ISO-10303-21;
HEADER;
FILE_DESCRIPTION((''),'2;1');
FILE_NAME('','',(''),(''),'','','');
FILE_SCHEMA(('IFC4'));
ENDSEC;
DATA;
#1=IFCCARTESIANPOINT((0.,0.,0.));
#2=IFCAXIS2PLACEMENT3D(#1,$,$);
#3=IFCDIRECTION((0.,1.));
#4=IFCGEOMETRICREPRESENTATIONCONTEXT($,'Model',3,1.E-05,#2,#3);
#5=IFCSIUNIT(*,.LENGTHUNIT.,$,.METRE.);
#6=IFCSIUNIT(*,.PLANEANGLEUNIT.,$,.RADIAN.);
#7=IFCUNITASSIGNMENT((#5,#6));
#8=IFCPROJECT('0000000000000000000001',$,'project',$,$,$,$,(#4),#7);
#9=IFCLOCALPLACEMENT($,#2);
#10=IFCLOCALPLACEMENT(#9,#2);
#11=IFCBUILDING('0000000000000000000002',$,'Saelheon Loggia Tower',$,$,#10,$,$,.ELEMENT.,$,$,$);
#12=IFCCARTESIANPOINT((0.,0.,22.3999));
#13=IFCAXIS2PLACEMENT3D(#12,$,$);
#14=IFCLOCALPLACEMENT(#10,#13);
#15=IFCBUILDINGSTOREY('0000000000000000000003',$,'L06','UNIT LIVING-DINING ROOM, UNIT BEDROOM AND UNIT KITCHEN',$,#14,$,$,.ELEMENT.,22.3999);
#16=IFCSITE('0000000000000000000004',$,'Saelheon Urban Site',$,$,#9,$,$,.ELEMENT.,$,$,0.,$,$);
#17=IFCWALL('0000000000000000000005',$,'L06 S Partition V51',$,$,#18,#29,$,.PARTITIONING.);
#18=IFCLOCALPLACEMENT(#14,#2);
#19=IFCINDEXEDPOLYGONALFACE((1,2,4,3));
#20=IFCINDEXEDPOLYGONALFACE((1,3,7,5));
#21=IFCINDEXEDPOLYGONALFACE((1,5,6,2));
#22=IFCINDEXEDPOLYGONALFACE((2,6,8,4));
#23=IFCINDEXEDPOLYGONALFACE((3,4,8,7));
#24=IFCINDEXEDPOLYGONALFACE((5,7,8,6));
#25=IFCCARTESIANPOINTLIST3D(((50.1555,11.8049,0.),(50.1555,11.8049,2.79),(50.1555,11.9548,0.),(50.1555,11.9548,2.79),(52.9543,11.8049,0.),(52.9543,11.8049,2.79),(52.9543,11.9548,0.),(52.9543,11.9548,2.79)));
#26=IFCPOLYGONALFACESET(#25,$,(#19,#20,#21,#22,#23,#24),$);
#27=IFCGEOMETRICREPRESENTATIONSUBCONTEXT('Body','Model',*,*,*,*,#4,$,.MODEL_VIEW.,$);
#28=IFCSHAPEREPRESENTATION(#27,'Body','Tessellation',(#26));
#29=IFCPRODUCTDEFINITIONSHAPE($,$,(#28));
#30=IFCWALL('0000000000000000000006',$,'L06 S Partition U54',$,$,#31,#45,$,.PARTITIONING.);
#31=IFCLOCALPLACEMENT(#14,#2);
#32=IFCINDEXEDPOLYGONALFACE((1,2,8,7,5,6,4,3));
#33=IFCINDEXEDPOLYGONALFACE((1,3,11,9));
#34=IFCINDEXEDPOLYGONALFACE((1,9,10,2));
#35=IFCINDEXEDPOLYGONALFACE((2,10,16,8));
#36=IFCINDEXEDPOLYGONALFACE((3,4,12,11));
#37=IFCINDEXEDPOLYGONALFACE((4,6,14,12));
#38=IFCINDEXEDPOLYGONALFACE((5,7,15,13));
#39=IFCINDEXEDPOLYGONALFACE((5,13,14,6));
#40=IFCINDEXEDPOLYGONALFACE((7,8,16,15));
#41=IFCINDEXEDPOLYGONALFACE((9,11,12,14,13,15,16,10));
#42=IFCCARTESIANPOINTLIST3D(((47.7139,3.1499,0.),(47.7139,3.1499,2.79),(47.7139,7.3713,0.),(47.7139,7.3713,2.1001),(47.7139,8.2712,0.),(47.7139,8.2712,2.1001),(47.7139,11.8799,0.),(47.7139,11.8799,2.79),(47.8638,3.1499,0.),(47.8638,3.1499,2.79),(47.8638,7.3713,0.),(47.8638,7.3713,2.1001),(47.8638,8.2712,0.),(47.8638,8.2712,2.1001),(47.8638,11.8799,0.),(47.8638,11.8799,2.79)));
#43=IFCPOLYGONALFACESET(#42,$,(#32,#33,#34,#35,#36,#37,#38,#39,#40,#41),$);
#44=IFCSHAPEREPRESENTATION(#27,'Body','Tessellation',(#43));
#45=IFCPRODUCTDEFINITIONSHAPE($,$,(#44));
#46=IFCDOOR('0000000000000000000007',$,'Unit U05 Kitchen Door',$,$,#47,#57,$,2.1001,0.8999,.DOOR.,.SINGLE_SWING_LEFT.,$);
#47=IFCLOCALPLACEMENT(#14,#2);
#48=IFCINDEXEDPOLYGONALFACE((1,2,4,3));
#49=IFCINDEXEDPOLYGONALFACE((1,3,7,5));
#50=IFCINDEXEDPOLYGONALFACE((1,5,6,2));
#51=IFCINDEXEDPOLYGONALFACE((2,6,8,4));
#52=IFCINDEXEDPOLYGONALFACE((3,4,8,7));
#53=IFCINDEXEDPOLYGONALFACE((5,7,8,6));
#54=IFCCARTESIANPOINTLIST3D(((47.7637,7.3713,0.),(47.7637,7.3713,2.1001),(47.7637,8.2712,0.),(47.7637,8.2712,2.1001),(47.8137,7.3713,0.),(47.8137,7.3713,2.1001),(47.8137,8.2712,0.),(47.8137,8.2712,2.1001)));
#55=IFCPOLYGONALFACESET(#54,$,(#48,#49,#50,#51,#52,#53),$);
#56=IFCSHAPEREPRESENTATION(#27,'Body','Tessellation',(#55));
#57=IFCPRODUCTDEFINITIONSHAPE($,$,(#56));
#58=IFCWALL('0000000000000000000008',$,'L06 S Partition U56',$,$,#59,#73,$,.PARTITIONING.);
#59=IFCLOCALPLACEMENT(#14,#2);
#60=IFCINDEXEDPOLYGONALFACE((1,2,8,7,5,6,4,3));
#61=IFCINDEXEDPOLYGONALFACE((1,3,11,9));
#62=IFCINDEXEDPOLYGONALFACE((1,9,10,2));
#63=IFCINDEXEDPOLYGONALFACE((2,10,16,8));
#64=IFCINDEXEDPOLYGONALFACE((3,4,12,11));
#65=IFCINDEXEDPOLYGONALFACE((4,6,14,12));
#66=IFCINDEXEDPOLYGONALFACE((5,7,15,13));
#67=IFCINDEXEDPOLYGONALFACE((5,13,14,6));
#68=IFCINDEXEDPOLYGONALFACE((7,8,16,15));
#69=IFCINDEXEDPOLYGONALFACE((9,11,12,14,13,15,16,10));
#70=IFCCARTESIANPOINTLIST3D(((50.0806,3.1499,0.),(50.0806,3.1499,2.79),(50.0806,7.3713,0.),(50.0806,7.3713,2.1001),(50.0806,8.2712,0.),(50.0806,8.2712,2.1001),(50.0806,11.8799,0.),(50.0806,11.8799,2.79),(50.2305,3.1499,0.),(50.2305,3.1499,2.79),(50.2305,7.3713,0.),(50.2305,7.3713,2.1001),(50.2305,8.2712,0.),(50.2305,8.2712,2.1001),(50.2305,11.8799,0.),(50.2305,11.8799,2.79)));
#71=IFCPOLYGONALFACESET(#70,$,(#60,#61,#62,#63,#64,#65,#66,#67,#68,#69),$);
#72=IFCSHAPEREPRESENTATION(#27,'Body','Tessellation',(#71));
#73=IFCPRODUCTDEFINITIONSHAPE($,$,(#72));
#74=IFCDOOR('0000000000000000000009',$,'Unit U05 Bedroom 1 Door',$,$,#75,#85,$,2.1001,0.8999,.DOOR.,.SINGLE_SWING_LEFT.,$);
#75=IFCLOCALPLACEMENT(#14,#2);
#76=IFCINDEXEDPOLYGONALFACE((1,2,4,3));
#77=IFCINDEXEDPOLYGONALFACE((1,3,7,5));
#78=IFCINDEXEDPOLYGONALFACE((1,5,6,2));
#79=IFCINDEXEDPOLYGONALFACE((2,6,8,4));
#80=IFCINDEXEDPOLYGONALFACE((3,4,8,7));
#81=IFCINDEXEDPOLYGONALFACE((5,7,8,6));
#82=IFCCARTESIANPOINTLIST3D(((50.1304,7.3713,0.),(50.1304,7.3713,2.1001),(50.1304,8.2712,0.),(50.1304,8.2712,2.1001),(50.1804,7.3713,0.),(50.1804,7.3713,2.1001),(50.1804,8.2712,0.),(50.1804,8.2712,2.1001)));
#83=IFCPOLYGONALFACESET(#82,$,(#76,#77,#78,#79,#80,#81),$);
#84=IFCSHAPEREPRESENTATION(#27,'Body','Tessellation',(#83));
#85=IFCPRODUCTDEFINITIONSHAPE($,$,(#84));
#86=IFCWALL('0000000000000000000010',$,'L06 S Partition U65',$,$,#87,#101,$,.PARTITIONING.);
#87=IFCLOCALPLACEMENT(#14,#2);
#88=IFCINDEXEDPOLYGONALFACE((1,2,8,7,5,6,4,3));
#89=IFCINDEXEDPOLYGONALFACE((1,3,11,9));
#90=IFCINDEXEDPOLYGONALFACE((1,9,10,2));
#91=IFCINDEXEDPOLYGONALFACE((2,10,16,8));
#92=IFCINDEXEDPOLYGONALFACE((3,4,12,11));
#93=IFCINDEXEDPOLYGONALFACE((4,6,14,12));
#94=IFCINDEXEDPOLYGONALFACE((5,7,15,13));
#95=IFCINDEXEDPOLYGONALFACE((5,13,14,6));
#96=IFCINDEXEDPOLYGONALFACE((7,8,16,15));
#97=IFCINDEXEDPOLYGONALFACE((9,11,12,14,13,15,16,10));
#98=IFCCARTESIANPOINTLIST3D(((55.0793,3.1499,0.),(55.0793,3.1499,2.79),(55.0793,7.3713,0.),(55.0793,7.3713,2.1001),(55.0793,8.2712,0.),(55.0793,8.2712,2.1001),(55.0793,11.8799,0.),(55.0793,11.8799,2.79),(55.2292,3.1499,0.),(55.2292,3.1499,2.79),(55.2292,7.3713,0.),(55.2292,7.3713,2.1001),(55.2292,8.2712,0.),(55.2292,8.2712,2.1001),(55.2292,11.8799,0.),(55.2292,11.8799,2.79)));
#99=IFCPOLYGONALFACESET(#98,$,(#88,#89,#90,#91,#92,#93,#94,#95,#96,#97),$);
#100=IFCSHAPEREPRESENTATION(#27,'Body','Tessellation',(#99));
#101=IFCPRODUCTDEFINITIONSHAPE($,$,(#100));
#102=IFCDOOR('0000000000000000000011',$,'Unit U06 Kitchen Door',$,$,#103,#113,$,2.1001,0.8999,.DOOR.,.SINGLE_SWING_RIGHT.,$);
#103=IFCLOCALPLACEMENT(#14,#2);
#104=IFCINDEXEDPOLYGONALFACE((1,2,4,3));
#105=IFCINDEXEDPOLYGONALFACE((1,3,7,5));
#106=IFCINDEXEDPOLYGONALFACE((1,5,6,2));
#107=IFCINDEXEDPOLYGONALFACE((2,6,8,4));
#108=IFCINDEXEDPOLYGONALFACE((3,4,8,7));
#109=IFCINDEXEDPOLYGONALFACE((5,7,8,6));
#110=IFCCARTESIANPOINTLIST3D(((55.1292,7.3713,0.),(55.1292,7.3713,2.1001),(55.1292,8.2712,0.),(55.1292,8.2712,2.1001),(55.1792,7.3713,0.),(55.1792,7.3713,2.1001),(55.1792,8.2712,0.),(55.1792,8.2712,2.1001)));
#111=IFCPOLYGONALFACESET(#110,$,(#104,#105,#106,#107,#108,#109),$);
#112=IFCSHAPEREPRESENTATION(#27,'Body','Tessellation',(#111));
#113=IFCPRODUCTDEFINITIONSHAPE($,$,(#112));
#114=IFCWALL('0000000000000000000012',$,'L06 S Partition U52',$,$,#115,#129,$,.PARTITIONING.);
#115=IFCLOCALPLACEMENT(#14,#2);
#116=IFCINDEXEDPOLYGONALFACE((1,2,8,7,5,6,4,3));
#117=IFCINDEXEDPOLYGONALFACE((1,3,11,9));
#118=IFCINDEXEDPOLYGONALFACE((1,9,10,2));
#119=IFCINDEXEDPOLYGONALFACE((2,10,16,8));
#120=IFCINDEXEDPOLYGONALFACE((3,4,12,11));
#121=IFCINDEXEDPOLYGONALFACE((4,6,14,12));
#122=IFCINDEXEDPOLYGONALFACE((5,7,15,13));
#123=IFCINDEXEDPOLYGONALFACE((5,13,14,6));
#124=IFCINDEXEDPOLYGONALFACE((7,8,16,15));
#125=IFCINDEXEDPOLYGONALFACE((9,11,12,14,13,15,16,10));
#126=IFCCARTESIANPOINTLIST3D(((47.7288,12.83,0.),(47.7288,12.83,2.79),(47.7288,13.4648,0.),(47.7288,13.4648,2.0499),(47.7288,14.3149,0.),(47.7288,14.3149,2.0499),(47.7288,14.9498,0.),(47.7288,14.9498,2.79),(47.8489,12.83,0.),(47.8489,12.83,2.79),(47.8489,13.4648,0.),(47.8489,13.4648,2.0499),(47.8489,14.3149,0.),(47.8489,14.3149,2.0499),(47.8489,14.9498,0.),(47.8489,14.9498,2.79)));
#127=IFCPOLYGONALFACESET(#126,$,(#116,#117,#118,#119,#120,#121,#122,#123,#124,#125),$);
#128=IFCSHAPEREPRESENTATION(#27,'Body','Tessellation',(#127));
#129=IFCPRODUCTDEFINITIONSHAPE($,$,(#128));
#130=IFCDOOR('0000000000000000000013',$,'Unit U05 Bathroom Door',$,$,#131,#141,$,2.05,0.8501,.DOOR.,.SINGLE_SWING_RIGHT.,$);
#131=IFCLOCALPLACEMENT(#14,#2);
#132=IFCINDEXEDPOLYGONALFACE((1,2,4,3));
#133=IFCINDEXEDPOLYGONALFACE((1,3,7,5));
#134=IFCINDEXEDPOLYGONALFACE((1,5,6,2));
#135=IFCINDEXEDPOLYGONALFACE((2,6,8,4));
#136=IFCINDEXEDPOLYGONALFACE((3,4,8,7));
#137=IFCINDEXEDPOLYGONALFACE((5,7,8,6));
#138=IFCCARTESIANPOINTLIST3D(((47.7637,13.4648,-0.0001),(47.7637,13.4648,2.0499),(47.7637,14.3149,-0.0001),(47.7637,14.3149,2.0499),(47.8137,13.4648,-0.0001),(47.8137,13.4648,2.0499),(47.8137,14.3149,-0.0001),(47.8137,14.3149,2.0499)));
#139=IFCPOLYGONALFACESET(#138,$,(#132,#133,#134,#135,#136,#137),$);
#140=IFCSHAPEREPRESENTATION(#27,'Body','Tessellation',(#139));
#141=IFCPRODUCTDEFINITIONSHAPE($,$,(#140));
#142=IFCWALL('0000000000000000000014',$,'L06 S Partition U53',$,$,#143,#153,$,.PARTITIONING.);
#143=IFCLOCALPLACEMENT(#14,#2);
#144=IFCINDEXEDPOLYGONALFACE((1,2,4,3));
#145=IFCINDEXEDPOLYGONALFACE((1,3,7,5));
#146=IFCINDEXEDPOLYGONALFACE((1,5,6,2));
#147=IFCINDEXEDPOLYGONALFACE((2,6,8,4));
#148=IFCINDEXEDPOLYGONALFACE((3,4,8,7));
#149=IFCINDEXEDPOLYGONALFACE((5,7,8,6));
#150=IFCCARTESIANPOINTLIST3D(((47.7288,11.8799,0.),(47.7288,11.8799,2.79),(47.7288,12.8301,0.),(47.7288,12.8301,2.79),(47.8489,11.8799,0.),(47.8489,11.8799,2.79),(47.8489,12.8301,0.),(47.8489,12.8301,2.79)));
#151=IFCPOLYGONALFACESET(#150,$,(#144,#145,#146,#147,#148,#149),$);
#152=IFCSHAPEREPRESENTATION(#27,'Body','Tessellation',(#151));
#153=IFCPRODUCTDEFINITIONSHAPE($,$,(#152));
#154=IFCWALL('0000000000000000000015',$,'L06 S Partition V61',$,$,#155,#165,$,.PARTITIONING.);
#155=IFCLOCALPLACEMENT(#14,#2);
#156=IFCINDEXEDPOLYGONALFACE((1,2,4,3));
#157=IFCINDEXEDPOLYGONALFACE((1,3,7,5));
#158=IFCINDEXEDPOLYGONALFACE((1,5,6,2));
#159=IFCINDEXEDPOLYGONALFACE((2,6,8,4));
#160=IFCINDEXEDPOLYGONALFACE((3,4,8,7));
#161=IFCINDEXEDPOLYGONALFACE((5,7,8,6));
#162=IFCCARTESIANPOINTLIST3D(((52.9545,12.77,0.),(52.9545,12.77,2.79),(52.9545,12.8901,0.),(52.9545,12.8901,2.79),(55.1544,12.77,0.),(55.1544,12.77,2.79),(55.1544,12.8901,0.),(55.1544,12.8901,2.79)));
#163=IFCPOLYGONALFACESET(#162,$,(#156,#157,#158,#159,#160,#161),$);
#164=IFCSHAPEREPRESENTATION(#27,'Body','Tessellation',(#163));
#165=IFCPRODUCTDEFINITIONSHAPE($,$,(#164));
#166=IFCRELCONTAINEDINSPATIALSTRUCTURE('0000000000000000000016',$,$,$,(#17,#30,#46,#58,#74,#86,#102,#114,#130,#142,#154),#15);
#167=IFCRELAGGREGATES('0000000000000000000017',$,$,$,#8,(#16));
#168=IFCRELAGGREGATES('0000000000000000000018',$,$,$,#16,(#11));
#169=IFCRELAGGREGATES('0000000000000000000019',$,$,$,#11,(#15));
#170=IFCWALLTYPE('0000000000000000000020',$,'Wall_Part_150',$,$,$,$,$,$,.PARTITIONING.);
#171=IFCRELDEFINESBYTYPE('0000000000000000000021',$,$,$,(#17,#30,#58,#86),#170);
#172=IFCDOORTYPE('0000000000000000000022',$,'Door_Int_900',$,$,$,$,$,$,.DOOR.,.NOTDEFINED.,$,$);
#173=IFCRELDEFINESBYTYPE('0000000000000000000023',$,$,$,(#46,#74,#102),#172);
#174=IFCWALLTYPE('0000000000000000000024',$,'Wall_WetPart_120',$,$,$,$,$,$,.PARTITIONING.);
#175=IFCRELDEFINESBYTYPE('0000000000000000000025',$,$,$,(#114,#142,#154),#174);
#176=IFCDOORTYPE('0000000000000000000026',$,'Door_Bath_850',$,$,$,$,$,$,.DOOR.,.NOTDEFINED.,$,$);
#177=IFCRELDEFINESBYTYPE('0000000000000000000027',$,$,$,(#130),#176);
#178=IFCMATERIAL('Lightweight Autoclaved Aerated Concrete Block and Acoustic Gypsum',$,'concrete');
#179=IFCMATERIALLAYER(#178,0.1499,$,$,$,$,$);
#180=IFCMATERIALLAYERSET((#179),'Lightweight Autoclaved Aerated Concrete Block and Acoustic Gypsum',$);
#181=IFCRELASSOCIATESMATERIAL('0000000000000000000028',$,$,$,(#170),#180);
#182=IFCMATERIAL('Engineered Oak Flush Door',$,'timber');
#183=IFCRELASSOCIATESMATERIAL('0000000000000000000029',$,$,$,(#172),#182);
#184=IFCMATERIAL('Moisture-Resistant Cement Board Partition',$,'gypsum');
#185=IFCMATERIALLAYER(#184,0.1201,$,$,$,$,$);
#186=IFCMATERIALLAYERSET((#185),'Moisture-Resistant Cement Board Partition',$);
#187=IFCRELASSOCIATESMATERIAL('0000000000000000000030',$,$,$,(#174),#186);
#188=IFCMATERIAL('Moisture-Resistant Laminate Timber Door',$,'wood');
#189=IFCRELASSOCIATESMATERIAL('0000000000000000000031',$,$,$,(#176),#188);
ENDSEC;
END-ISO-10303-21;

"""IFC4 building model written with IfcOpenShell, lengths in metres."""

from ifc_helpers import new_model, si_unit, direction, frame, frame_2d, origin, place, context, subcontext, project, spatial, rectangle, extrude, source, transform, mapped, material, layer, layer_set, type_object, element, fill, save


model = new_model("IFC4")

# Units and contexts
model_context = context("Model", 3, precision=1e-05, world=origin(), true_north=direction((0.0, 1.0)))
body_context = subcontext(model_context, "Body", "Model", "MODEL_VIEW")
ifc_project = project(units=[si_unit("LENGTHUNIT", "METRE"), si_unit("PLANEANGLEUNIT", "RADIAN")], contexts=[model_context])

# Site, building, storey
site_placement = place(None, origin())
site = spatial("IfcSite", under=ifc_project, at=site_placement, Name="Saelheon Urban Site", CompositionType="ELEMENT", RefElevation=0.0)
building_placement = place(site_placement, origin())
building = spatial("IfcBuilding", under=site, at=building_placement, Name="Saelheon Loggia Tower", CompositionType="ELEMENT")
storey_placement = place(building_placement, frame((0.0, 0.0, 22.3999)))
storey = spatial("IfcBuildingStorey", under=building, at=storey_placement, Name="L06", Description="UNIT LIVING-DINING ROOM, UNIT BEDROOM AND UNIT KITCHEN", CompositionType="ELEMENT", Elevation=22.3999)

# Wall
ifc_material_1 = material(Name="Lightweight Autoclaved Aerated Concrete Block and Acoustic Gypsum", Category="concrete")
ifc_layer_1 = layer(ifc_material_1, 0.1499)
ifc_layer_set_1 = layer_set([ifc_layer_1], Name="Lightweight Autoclaved Aerated Concrete Block and Acoustic Gypsum")
wall_type_1 = type_object("IfcWallType", Name="Wall_Part_150", PredefinedType="PARTITIONING", material=ifc_layer_set_1)
wall_1_placement = place(storey_placement, frame((50.1555, 11.8799, 0.0), z_axis=(0.0, 0.0, 1.0), x_axis=(1.0, 0.0, 0.0)))
element("IfcWall", 1, at=wall_1_placement, inside=storey, type_object=wall_type_1, Name="L06 S Partition V51", PredefinedType="PARTITIONING", context=body_context, shape_type="SweptSolid", body=[
    extrude(rectangle(XDim=2.7988, YDim=0.1499, at=frame_2d((1.3994, 0.0))), origin(), (0.0, 0.0, 1.0), 2.79),
])

# Walls, openings, doors
wall_2_placement = place(storey_placement, frame((47.7888, 11.8799, 0.0), z_axis=(0.0, 0.0, 1.0), x_axis=(0.0, -1.0, 0.0)))
wall_2 = element("IfcWall", 2, at=wall_2_placement, inside=storey, type_object=wall_type_1, Name="L06 S Partition U54", PredefinedType="PARTITIONING", context=body_context, shape_type="SweptSolid", body=[
    extrude(rectangle(XDim=8.73, YDim=0.1499, at=frame_2d((4.365, 0.0))), origin(), (0.0, 0.0, 1.0), 2.79),
])
opening_1_placement = place(wall_2_placement, frame((3.6086, 0.0, 0.0)))
opening_1 = element("IfcOpeningElement", 3, at=opening_1_placement, cuts=wall_2, PredefinedType="OPENING", context=body_context, shape_type="SweptSolid", body=[
    extrude(rectangle(XDim=0.8999, YDim=2.1001, at=frame_2d((0.45, 1.05))), frame((0.0, 0.0869, 0.0), z_axis=(0.0, -1.0, 0.0), x_axis=(1.0, 0.0, 0.0)), (0.0, 0.0, 1.0), 0.1738),
])
ifc_material_2 = material(Name="Engineered Oak Flush Door", Category="timber")
door_type_1 = type_object("IfcDoorType", Name="Door_Int_900", OperationType="NOTDEFINED", PredefinedType="DOOR", material=ifc_material_2)
shared_shape_1 = source(origin(), body_context, "Body", "SweptSolid", [
    extrude(rectangle(XDim=0.8999, YDim=2.1001, at=frame_2d((0.45, 1.05))), frame((0.0, 0.0249, 0.0), z_axis=(0.0, -1.0, 0.0), x_axis=(1.0, 0.0, 0.0)), (0.0, 0.0, 1.0), 0.05),
])
door_1_placement = place(opening_1_placement, origin())
door_1 = element("IfcDoor", 4, at=door_1_placement, inside=storey, type_object=door_type_1, Name="Unit U05 Kitchen Door", OperationType="SINGLE_SWING_LEFT", OverallHeight=2.1001, OverallWidth=0.8999, PredefinedType="DOOR", context=body_context, shape_type="MappedRepresentation", body=[
    mapped(shared_shape_1, transform((0.0, 0.0, 0.0), scale=1.0)),
])
fill(opening_1, door_1)
wall_3_placement = place(storey_placement, frame((50.1555, 11.8799, 0.0), z_axis=(0.0, 0.0, 1.0), x_axis=(0.0, -1.0, 0.0)))
wall_3 = element("IfcWall", 5, at=wall_3_placement, inside=storey, type_object=wall_type_1, Name="L06 S Partition U56", PredefinedType="PARTITIONING", context=body_context, shape_type="SweptSolid", body=[
    extrude(rectangle(XDim=8.73, YDim=0.1499, at=frame_2d((4.365, 0.0))), origin(), (0.0, 0.0, 1.0), 2.79),
])
opening_2_placement = place(wall_3_placement, frame((3.6086, 0.0, 0.0)))
opening_2 = element("IfcOpeningElement", 6, at=opening_2_placement, cuts=wall_3, PredefinedType="OPENING", context=body_context, shape_type="SweptSolid", body=[
    extrude(rectangle(XDim=0.8999, YDim=2.1001, at=frame_2d((0.45, 1.05))), frame((0.0, 0.0869, 0.0), z_axis=(0.0, -1.0, 0.0), x_axis=(1.0, 0.0, 0.0)), (0.0, 0.0, 1.0), 0.1738),
])
door_2_placement = place(opening_2_placement, origin())
door_2 = element("IfcDoor", 7, at=door_2_placement, inside=storey, type_object=door_type_1, Name="Unit U05 Bedroom 1 Door", OperationType="SINGLE_SWING_LEFT", OverallHeight=2.1001, OverallWidth=0.8999, PredefinedType="DOOR", context=body_context, shape_type="MappedRepresentation", body=[
    mapped(shared_shape_1, transform((0.0, 0.0, 0.0), scale=1.0)),
])
fill(opening_2, door_2)
wall_4_placement = place(storey_placement, frame((55.1543, 11.8799, 0.0), z_axis=(0.0, 0.0, 1.0), x_axis=(0.0, -1.0, 0.0)))
wall_4 = element("IfcWall", 8, at=wall_4_placement, inside=storey, type_object=wall_type_1, Name="L06 S Partition U65", PredefinedType="PARTITIONING", context=body_context, shape_type="SweptSolid", body=[
    extrude(rectangle(XDim=8.73, YDim=0.1499, at=frame_2d((4.365, 0.0))), origin(), (0.0, 0.0, 1.0), 2.79),
])
opening_3_placement = place(wall_4_placement, frame((3.6086, 0.0, 0.0)))
opening_3 = element("IfcOpeningElement", 9, at=opening_3_placement, cuts=wall_4, PredefinedType="OPENING", context=body_context, shape_type="SweptSolid", body=[
    extrude(rectangle(XDim=0.8999, YDim=2.1001, at=frame_2d((0.45, 1.05))), frame((0.0, 0.0869, 0.0), z_axis=(0.0, -1.0, 0.0), x_axis=(1.0, 0.0, 0.0)), (0.0, 0.0, 1.0), 0.1738),
])
door_3_placement = place(opening_3_placement, origin())
door_3 = element("IfcDoor", 10, at=door_3_placement, inside=storey, type_object=door_type_1, Name="Unit U06 Kitchen Door", OperationType="SINGLE_SWING_RIGHT", OverallHeight=2.1001, OverallWidth=0.8999, PredefinedType="DOOR", context=body_context, shape_type="MappedRepresentation", body=[
    mapped(shared_shape_1, transform((0.0, 0.0, 0.0), scale=1.0)),
])
fill(opening_3, door_3)
ifc_material_3 = material(Name="Moisture-Resistant Cement Board Partition", Category="gypsum")
ifc_layer_2 = layer(ifc_material_3, 0.1201)
ifc_layer_set_2 = layer_set([ifc_layer_2], Name="Moisture-Resistant Cement Board Partition")
wall_type_2 = type_object("IfcWallType", Name="Wall_WetPart_120", PredefinedType="PARTITIONING", material=ifc_layer_set_2)
wall_5_placement = place(storey_placement, frame((47.7888, 14.95, 0.0), z_axis=(0.0, 0.0, 1.0), x_axis=(0.0, -1.0, 0.0)))
wall_5 = element("IfcWall", 11, at=wall_5_placement, inside=storey, type_object=wall_type_2, Name="L06 S Partition U52", PredefinedType="PARTITIONING", context=body_context, shape_type="SweptSolid", body=[
    extrude(rectangle(XDim=2.1199, YDim=0.1201, at=frame_2d((1.0601, 0.0))), origin(), (0.0, 0.0, 1.0), 2.79),
])
opening_4_placement = place(wall_5_placement, frame((0.635, 0.0, 0.0)))
opening_4 = element("IfcOpeningElement", 12, at=opening_4_placement, cuts=wall_5, PredefinedType="OPENING", context=body_context, shape_type="SweptSolid", body=[
    extrude(rectangle(XDim=0.8501, YDim=2.05, at=frame_2d((0.425, 1.0249))), frame((0.0, 0.072, 0.0), z_axis=(0.0, -1.0, 0.0), x_axis=(1.0, 0.0, 0.0)), (0.0, 0.0, 1.0), 0.144),
])
ifc_material_4 = material(Name="Moisture-Resistant Laminate Timber Door", Category="wood")
door_type_2 = type_object("IfcDoorType", Name="Door_Bath_850", OperationType="NOTDEFINED", PredefinedType="DOOR", material=ifc_material_4)
shared_shape_2 = source(origin(), body_context, "Body", "SweptSolid", [
    extrude(rectangle(XDim=0.8501, YDim=2.05, at=frame_2d((0.425, 1.0249))), frame((0.0, 0.0249, 0.0), z_axis=(0.0, -1.0, 0.0), x_axis=(1.0, 0.0, 0.0)), (0.0, 0.0, 1.0), 0.05),
])
door_4_placement = place(opening_4_placement, origin())
door_4 = element("IfcDoor", 13, at=door_4_placement, inside=storey, type_object=door_type_2, Name="Unit U05 Bathroom Door", OperationType="SINGLE_SWING_RIGHT", OverallHeight=2.05, OverallWidth=0.8501, PredefinedType="DOOR", context=body_context, shape_type="MappedRepresentation", body=[
    mapped(shared_shape_2, transform((0.0, 0.0, 0.0), scale=1.0)),
])
fill(opening_4, door_4)

# Walls
wall_6_placement = place(storey_placement, frame((47.7888, 12.8301, 0.0), z_axis=(0.0, 0.0, 1.0), x_axis=(0.0, -1.0, 0.0)))
element("IfcWall", 14, at=wall_6_placement, inside=storey, type_object=wall_type_2, Name="L06 S Partition U53", PredefinedType="PARTITIONING", context=body_context, shape_type="SweptSolid", body=[
    extrude(rectangle(XDim=0.9502, YDim=0.1201, at=frame_2d((0.4751, 0.0))), origin(), (0.0, 0.0, 1.0), 2.79),
])
wall_7_placement = place(storey_placement, frame((52.9543, 12.8301, 0.0), z_axis=(0.0, 0.0, 1.0), x_axis=(1.0, 0.0, 0.0)))
element("IfcWall", 15, at=wall_7_placement, inside=storey, type_object=wall_type_2, Name="L06 S Partition V61", PredefinedType="PARTITIONING", context=body_context, shape_type="SweptSolid", body=[
    extrude(rectangle(XDim=2.2, YDim=0.1201, at=frame_2d((1.1001, 0.0))), origin(), (0.0, 0.0, 1.0), 2.79),
])

save(model, "model.ifc")
